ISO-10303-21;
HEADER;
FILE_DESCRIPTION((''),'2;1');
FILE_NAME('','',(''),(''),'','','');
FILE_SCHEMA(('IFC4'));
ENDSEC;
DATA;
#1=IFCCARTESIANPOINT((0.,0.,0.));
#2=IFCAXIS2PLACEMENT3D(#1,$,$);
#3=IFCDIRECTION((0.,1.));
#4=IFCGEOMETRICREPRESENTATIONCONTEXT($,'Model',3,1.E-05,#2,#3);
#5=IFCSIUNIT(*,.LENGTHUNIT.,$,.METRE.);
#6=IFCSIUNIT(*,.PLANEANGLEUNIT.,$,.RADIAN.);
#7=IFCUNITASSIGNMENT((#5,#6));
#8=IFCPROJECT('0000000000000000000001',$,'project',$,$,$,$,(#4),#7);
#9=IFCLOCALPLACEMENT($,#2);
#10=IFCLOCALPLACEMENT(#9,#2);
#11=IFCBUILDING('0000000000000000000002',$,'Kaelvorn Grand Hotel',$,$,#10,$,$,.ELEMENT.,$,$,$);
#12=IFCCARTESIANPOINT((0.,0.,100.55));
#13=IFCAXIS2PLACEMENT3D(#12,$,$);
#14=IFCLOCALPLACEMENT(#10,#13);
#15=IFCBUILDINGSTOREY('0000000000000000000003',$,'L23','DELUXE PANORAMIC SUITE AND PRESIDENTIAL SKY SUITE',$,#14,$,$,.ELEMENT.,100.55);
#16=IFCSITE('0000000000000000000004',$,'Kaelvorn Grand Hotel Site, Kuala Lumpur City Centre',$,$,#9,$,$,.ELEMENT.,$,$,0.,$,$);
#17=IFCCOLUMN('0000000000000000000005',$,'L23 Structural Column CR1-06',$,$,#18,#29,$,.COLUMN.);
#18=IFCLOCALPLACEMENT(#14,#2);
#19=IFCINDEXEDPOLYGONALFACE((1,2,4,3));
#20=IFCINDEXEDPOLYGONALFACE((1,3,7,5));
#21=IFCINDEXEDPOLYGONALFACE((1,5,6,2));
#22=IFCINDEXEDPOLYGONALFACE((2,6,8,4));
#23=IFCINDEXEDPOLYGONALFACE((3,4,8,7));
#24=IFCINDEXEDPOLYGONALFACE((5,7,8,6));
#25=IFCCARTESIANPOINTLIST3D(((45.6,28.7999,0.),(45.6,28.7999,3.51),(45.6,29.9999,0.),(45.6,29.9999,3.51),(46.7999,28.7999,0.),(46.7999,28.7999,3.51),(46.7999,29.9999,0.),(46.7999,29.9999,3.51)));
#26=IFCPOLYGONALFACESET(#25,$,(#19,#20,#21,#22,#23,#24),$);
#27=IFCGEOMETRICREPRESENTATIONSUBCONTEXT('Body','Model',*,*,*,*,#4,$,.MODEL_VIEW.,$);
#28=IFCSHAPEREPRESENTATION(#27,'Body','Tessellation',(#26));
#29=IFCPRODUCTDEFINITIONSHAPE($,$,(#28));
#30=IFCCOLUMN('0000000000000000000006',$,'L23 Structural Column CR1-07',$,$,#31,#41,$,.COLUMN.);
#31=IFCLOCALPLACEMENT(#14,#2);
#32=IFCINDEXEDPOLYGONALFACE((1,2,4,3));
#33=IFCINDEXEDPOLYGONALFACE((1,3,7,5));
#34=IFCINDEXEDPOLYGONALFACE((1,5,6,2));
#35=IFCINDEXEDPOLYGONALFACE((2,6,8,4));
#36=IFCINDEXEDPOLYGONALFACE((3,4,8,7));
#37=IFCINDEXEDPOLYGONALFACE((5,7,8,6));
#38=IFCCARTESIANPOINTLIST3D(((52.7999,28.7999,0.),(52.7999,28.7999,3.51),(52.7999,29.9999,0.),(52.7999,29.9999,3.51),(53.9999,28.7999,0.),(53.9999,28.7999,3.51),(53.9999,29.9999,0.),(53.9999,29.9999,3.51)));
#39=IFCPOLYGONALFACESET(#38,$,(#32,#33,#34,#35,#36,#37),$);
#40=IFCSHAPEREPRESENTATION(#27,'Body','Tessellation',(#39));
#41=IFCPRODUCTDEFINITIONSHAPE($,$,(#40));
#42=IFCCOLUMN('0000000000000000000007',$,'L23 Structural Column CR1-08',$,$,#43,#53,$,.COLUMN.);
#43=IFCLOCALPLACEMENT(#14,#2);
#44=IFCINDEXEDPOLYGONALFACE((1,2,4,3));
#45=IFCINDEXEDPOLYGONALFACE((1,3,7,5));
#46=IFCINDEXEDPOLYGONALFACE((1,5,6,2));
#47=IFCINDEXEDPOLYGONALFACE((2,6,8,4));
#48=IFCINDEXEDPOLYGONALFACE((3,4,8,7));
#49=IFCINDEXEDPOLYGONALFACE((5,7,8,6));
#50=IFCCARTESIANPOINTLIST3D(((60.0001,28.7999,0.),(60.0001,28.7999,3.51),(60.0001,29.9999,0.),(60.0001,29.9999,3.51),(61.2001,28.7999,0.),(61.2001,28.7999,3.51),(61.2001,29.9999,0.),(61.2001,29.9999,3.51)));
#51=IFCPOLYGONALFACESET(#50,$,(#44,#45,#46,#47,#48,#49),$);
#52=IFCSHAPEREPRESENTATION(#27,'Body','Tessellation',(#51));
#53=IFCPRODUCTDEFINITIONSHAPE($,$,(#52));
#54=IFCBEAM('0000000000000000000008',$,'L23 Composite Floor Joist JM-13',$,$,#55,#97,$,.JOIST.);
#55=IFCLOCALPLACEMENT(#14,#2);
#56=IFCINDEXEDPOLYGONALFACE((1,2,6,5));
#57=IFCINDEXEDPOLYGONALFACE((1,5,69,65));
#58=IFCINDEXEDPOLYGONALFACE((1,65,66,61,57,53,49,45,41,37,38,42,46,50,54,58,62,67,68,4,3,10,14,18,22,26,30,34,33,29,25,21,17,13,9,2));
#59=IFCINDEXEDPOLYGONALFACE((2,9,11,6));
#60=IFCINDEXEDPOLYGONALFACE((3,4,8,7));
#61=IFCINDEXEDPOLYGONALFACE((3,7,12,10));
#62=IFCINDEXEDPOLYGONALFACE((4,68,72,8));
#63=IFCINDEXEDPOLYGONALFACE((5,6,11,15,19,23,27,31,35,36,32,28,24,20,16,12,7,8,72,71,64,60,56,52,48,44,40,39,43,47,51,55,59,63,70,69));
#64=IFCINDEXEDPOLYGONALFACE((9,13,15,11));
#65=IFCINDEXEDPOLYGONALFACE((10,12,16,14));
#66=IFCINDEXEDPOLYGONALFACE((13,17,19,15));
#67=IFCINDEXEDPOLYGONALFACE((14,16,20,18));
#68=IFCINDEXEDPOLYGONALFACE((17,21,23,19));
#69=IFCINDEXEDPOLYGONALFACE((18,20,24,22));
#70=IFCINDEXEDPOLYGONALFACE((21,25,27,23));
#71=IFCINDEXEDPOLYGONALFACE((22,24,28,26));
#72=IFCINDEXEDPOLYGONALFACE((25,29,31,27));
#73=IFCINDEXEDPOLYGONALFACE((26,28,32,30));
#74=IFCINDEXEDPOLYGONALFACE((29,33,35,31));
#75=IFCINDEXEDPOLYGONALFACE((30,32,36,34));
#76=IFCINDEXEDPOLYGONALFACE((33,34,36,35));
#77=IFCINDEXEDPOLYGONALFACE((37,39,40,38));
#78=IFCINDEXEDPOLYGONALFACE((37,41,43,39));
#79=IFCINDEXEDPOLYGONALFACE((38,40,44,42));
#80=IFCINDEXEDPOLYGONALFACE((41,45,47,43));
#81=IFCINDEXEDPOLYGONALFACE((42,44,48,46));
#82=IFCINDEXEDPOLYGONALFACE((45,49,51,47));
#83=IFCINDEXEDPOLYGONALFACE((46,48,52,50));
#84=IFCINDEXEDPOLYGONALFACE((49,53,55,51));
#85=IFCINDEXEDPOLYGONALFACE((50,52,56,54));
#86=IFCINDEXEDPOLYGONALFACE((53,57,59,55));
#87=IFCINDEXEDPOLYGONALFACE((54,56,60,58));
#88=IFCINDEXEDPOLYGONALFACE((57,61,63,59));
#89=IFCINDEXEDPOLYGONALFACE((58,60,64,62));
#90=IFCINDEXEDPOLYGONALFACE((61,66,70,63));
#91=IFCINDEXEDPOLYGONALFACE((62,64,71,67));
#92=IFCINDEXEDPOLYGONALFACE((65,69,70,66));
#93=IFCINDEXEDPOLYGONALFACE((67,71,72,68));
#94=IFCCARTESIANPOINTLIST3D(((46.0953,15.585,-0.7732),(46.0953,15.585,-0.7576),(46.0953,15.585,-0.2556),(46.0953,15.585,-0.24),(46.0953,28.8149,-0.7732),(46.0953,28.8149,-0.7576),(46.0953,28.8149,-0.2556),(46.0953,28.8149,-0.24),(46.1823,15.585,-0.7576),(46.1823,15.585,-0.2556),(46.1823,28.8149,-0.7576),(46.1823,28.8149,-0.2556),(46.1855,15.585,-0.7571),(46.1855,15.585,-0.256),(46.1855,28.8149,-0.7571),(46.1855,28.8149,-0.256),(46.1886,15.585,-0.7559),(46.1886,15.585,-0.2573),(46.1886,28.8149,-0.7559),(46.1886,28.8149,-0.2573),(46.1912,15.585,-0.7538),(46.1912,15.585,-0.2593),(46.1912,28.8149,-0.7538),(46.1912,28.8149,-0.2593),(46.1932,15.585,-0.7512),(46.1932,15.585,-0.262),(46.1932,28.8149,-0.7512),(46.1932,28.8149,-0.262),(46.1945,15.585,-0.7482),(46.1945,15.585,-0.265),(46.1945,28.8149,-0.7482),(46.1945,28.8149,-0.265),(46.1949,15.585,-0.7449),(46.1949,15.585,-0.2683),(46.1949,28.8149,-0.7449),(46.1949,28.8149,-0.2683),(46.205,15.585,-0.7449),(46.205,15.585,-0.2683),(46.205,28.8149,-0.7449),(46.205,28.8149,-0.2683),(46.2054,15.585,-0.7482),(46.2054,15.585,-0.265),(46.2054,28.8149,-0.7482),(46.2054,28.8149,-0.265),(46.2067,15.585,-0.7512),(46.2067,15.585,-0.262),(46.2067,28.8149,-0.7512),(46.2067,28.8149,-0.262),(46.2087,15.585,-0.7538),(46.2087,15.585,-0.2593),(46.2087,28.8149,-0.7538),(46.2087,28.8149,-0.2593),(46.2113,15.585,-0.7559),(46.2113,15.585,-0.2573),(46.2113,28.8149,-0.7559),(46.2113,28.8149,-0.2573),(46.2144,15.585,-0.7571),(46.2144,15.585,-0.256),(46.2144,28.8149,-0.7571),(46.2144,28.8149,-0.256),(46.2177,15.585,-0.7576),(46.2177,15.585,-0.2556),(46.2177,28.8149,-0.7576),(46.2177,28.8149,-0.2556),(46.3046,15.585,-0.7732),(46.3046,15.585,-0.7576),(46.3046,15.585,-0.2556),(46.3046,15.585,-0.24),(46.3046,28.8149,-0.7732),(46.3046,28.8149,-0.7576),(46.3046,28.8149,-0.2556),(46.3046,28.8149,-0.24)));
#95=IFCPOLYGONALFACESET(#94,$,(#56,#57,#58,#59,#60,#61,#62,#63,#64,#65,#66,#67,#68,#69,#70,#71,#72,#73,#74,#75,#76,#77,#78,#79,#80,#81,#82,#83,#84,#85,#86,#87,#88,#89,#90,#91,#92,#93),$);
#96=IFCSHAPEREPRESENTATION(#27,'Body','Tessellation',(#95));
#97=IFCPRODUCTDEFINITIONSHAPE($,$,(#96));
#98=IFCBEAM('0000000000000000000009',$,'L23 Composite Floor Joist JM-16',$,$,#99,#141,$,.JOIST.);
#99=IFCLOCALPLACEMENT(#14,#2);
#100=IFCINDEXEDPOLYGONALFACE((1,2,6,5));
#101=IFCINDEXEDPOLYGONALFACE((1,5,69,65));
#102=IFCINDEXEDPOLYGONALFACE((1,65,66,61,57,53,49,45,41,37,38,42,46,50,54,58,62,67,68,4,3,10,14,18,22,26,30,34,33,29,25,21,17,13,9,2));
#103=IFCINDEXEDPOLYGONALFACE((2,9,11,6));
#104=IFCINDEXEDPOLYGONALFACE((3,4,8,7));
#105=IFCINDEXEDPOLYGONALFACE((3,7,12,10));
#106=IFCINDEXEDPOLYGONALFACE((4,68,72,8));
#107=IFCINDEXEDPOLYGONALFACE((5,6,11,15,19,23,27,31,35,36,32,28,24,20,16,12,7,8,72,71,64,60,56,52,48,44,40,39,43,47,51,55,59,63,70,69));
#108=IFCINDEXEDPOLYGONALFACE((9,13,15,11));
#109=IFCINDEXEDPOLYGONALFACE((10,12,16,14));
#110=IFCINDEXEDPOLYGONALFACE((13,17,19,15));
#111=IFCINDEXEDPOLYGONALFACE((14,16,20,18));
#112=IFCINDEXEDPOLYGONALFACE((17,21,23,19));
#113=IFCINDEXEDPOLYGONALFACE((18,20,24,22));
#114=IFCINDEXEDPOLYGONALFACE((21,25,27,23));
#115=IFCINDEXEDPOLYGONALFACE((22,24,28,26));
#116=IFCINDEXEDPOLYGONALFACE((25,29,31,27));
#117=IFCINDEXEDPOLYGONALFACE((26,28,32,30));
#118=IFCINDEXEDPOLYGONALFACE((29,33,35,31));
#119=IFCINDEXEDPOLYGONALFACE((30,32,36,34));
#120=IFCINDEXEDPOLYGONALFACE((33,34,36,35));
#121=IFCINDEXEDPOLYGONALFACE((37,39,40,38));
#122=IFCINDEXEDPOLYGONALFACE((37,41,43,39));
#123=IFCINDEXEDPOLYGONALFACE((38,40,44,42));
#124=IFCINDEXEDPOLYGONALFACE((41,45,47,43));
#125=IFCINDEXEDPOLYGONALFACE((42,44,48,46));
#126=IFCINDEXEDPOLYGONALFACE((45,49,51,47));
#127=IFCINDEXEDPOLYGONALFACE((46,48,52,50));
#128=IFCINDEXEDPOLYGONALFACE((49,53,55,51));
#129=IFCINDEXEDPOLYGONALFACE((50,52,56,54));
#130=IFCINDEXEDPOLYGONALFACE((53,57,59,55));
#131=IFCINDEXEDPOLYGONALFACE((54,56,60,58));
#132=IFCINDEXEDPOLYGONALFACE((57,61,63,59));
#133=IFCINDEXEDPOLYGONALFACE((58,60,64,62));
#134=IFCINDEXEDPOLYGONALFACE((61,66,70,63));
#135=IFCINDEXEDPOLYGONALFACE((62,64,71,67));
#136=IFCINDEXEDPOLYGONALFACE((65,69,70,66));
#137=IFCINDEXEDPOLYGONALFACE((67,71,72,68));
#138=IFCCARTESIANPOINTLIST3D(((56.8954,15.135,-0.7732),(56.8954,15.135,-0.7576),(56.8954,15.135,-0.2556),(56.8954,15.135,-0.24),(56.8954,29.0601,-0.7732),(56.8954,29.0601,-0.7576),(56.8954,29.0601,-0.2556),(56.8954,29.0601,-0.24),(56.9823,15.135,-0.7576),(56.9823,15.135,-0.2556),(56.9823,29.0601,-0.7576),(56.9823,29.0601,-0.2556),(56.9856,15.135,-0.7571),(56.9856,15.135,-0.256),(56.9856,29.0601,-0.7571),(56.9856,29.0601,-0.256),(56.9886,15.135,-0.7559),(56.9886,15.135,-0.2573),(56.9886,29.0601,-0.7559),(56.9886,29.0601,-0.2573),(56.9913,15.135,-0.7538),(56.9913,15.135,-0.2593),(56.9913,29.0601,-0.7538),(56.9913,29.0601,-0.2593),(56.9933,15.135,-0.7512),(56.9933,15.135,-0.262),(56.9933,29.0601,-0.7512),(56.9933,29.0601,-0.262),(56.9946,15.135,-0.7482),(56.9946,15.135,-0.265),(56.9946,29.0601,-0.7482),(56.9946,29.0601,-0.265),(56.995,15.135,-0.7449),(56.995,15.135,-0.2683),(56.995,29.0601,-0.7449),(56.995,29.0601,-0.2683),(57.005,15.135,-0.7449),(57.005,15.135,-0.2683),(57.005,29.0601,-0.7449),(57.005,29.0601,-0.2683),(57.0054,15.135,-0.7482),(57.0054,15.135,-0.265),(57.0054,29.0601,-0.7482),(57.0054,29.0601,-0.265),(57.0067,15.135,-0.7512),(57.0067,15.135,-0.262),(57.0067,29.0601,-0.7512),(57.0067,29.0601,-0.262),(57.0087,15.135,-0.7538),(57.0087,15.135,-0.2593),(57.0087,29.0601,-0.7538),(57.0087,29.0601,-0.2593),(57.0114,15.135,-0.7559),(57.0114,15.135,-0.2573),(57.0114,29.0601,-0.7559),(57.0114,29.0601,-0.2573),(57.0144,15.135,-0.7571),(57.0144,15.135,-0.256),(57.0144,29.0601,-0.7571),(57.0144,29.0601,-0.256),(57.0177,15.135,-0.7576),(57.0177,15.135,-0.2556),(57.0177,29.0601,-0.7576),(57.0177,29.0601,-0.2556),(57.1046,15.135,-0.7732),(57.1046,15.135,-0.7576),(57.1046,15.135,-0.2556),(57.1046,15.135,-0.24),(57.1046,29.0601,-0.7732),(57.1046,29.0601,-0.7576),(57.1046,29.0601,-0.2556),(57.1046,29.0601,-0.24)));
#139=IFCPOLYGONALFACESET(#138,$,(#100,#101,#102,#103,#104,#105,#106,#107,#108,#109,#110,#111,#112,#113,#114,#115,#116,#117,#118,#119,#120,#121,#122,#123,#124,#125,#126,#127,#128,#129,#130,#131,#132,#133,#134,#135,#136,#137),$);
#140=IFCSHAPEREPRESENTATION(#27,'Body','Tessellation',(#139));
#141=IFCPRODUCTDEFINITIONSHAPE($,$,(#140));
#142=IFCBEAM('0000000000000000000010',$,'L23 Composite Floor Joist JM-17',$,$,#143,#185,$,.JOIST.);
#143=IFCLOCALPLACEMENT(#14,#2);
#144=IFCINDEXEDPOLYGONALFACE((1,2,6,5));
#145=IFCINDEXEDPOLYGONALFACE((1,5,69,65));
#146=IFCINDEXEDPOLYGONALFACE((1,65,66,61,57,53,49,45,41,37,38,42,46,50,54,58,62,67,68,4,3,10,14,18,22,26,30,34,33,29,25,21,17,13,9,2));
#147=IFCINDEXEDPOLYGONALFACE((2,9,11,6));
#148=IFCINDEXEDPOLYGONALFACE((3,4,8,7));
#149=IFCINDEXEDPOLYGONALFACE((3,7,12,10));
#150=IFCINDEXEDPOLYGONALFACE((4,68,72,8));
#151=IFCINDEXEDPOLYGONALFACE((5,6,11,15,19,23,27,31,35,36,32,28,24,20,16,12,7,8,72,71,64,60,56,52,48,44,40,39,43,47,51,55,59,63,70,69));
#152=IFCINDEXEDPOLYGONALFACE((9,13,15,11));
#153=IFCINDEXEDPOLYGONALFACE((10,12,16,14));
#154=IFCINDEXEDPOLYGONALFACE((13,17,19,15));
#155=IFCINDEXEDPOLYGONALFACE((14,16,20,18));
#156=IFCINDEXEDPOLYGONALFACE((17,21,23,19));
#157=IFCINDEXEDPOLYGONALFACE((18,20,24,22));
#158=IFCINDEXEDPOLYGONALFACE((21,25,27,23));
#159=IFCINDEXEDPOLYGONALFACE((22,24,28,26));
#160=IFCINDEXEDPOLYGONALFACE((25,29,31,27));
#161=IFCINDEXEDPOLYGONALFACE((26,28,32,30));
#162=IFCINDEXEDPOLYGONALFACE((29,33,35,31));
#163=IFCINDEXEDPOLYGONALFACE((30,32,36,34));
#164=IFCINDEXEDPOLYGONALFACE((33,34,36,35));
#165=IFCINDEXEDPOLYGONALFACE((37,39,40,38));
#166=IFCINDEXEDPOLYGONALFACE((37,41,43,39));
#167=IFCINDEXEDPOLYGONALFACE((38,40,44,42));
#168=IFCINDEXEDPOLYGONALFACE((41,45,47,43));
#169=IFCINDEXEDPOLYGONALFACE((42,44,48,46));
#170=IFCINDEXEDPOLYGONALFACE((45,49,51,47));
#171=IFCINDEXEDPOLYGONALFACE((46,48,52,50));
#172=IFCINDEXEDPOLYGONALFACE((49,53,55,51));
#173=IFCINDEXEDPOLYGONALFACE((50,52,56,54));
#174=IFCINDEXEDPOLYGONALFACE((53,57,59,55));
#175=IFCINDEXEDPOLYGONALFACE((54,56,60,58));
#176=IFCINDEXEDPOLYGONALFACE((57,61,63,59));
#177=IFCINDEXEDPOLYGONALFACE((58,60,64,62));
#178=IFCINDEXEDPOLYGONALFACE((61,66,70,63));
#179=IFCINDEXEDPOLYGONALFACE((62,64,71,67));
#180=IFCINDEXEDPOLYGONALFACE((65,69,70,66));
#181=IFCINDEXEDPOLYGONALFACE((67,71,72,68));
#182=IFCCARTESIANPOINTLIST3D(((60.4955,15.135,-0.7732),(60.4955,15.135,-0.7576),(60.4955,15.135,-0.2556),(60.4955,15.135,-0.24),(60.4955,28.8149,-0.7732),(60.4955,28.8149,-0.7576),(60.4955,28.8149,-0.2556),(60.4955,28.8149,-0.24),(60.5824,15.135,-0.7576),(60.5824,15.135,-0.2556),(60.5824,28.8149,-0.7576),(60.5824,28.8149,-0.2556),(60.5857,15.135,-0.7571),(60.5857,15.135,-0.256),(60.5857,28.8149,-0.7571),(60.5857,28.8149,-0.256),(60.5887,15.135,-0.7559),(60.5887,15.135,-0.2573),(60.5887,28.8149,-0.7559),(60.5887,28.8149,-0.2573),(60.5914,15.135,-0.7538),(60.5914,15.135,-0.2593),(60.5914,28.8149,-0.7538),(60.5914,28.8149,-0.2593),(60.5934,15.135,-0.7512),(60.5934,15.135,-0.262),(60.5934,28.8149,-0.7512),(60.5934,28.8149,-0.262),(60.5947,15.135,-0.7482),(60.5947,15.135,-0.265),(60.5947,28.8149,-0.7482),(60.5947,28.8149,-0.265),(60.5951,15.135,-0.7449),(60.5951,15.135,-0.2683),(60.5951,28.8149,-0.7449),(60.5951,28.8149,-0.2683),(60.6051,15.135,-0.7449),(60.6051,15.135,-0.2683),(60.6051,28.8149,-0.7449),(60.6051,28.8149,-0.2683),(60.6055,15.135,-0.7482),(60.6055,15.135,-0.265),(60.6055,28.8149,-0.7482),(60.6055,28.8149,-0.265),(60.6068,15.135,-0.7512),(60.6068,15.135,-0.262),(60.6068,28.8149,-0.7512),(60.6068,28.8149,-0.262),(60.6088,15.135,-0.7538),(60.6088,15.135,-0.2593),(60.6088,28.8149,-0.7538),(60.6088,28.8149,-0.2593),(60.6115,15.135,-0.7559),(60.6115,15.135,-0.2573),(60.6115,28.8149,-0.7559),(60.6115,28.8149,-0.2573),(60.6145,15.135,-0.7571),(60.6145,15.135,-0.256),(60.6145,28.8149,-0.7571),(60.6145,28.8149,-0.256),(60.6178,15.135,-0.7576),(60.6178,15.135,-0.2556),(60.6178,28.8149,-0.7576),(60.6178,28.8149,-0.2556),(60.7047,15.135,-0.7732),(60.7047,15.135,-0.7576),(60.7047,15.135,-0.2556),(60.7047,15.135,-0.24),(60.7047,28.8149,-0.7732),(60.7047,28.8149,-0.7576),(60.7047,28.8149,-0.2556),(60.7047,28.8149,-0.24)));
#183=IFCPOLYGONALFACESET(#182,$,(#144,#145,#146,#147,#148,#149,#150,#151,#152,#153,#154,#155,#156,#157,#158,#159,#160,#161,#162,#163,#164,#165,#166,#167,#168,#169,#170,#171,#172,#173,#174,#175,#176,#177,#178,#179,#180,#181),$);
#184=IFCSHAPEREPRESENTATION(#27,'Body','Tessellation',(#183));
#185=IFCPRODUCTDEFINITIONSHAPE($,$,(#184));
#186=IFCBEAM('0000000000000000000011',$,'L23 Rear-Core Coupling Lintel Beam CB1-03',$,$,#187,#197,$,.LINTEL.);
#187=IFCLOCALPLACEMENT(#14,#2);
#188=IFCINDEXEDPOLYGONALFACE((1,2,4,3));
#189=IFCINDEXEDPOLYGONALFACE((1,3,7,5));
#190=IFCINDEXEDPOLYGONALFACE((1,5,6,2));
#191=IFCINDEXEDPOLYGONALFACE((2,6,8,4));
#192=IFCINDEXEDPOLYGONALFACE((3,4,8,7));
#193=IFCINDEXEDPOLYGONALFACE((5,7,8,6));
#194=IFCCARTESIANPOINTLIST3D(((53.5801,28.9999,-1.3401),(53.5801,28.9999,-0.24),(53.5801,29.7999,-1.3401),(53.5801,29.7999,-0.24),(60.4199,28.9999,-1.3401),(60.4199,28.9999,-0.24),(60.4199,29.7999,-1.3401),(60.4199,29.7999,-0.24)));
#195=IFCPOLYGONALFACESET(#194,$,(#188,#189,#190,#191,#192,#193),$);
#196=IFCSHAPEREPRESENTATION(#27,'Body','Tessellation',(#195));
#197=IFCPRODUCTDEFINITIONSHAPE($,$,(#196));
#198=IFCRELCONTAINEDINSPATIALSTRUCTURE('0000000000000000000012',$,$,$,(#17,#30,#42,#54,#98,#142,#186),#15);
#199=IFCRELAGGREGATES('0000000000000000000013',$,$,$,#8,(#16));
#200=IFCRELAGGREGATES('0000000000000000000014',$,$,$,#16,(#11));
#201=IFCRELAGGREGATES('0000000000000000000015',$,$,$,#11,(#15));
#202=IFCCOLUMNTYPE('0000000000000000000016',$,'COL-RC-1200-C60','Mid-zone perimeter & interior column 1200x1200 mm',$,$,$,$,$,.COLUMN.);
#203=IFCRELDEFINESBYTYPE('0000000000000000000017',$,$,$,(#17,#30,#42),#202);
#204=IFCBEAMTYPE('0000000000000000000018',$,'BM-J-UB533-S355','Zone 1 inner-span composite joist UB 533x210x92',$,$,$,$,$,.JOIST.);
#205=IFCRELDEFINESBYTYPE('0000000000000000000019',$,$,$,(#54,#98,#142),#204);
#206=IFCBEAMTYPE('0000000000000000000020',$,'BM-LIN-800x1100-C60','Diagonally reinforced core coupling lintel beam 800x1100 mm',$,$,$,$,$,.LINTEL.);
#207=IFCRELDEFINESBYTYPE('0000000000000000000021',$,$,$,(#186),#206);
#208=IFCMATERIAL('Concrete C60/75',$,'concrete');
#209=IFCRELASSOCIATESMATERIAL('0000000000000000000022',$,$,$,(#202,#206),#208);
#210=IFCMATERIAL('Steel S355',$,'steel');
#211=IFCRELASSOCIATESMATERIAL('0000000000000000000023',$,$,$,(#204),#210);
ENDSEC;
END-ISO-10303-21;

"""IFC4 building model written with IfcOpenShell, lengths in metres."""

from ifc_helpers import new_model, si_unit, direction, frame, origin, origin_2d, place, context, subcontext, project, spatial, rectangle, i_section, extrude, material, material_profile, profile_set, type_object, element, save


model = new_model("IFC4")

# Units and contexts
model_context = context("Model", 3, precision=1e-05, world=origin(), true_north=direction((0.0, 1.0)))
body_context = subcontext(model_context, "Body", "Model", "MODEL_VIEW")
ifc_project = project(units=[si_unit("LENGTHUNIT", "METRE"), si_unit("PLANEANGLEUNIT", "RADIAN")], contexts=[model_context])

# Site, building, storey
site_placement = place(None, origin())
site = spatial("IfcSite", under=ifc_project, at=site_placement, Name="Kaelvorn Grand Hotel Site, Kuala Lumpur City Centre", CompositionType="ELEMENT", RefElevation=0.0)
building_placement = place(site_placement, origin())
building = spatial("IfcBuilding", under=site, at=building_placement, Name="Kaelvorn Grand Hotel", CompositionType="ELEMENT")
storey_placement = place(building_placement, frame((0.0, 0.0, 100.55)))
storey = spatial("IfcBuildingStorey", under=building, at=storey_placement, Name="L23", Description="DELUXE PANORAMIC SUITE AND PRESIDENTIAL SKY SUITE", CompositionType="ELEMENT", Elevation=100.55)

# Columns
ifc_material_1 = material(Name="Concrete C60/75", Category="concrete")
ifc_material_profile_1 = material_profile(ifc_material_1, rectangle(XDim=1.2, YDim=1.2, at=origin_2d()), Name="RC COL 1200x1200")
ifc_profile_set_1 = profile_set([ifc_material_profile_1], Name="Concrete C60/75")
column_type = type_object("IfcColumnType", Name="COL-RC-1200-C60", Description="Mid-zone perimeter & interior column 1200x1200 mm", PredefinedType="COLUMN", material=ifc_profile_set_1)
for number, where, z_axis, x_axis, name in (
    (1, (46.2, 29.3999, 0.0), (0.0, 0.0, 1.0), (1.0, 0.0, 0.0), "L23 Structural Column CR1-06"),
    (2, (53.3999, 29.3999, 0.0), (0.0, 0.0, 1.0), (1.0, 0.0, 0.0), "L23 Structural Column CR1-07"),
    (3, (60.6001, 29.3999, 0.0), (0.0, 0.0, 1.0), (1.0, 0.0, 0.0), "L23 Structural Column CR1-08"),
):
    element("IfcColumn", number, at=place(storey_placement, frame(where, z_axis=z_axis, x_axis=x_axis)), inside=storey, type_object=column_type, Name=name, PredefinedType="COLUMN", context=body_context, shape_type="SweptSolid", body=[
        extrude(rectangle(XDim=1.2, YDim=1.2, at=origin_2d()), origin(), (0.0, 0.0, 1.0), 3.51),
    ])

# Beams
ifc_material_2 = material(Name="Steel S355", Category="steel")
ifc_material_profile_2 = material_profile(ifc_material_2, i_section(OverallWidth=0.2092, OverallDepth=0.5332, WebThickness=0.01, FlangeThickness=0.0156, FilletRadius=0.0127, at=origin_2d()), Name="UB 533x210x92")
ifc_profile_set_2 = profile_set([ifc_material_profile_2], Name="Steel S355")
beam_type_1 = type_object("IfcBeamType", Name="BM-J-UB533-S355", Description="Zone 1 inner-span composite joist UB 533x210x92", PredefinedType="JOIST", material=ifc_profile_set_2)
beam_1_placement = place(storey_placement, frame((46.2, 15.585, -0.5066), z_axis=(0.0, 1.0, 0.0), x_axis=(-1.0, 0.0, 0.0)))
element("IfcBeam", 4, at=beam_1_placement, inside=storey, type_object=beam_type_1, Name="L23 Composite Floor Joist JM-13", PredefinedType="JOIST", context=body_context, shape_type="SweptSolid", body=[
    extrude(i_section(OverallWidth=0.2092, OverallDepth=0.5332, WebThickness=0.01, FlangeThickness=0.0156, FilletRadius=0.0127, at=origin_2d()), origin(), (0.0, 0.0, 1.0), 13.23),
])
beam_2_placement = place(storey_placement, frame((57.0, 15.135, -0.5066), z_axis=(0.0, 1.0, 0.0), x_axis=(-1.0, 0.0, 0.0)))
element("IfcBeam", 5, at=beam_2_placement, inside=storey, type_object=beam_type_1, Name="L23 Composite Floor Joist JM-16", PredefinedType="JOIST", context=body_context, shape_type="SweptSolid", body=[
    extrude(i_section(OverallWidth=0.2092, OverallDepth=0.5332, WebThickness=0.01, FlangeThickness=0.0156, FilletRadius=0.0127, at=origin_2d()), origin(), (0.0, 0.0, 1.0), 13.925),
])
beam_3_placement = place(storey_placement, frame((60.6001, 15.135, -0.5066), z_axis=(0.0, 1.0, 0.0), x_axis=(-1.0, 0.0, 0.0)))
element("IfcBeam", 6, at=beam_3_placement, inside=storey, type_object=beam_type_1, Name="L23 Composite Floor Joist JM-17", PredefinedType="JOIST", context=body_context, shape_type="SweptSolid", body=[
    extrude(i_section(OverallWidth=0.2092, OverallDepth=0.5332, WebThickness=0.01, FlangeThickness=0.0156, FilletRadius=0.0127, at=origin_2d()), origin(), (0.0, 0.0, 1.0), 13.6799),
])
ifc_material_profile_3 = material_profile(ifc_material_1, rectangle(XDim=0.8, YDim=1.1001, at=origin_2d()), Name="RC LINTEL 800x1100")
ifc_profile_set_3 = profile_set([ifc_material_profile_3], Name="Concrete C60/75")
beam_type_2 = type_object("IfcBeamType", Name="BM-LIN-800x1100-C60", Description="Diagonally reinforced core coupling lintel beam 800x1100 mm", PredefinedType="LINTEL", material=ifc_profile_set_3)
beam_4_placement = place(storey_placement, frame((53.5801, 29.3999, -0.79), z_axis=(1.0, 0.0, 0.0), x_axis=(0.0, 1.0, 0.0)))
element("IfcBeam", 7, at=beam_4_placement, inside=storey, type_object=beam_type_2, Name="L23 Rear-Core Coupling Lintel Beam CB1-03", PredefinedType="LINTEL", context=body_context, shape_type="SweptSolid", body=[
    extrude(rectangle(XDim=0.8, YDim=1.1001, at=origin_2d()), origin(), (0.0, 0.0, 1.0), 6.8398),
])

save(model, "model.ifc")
